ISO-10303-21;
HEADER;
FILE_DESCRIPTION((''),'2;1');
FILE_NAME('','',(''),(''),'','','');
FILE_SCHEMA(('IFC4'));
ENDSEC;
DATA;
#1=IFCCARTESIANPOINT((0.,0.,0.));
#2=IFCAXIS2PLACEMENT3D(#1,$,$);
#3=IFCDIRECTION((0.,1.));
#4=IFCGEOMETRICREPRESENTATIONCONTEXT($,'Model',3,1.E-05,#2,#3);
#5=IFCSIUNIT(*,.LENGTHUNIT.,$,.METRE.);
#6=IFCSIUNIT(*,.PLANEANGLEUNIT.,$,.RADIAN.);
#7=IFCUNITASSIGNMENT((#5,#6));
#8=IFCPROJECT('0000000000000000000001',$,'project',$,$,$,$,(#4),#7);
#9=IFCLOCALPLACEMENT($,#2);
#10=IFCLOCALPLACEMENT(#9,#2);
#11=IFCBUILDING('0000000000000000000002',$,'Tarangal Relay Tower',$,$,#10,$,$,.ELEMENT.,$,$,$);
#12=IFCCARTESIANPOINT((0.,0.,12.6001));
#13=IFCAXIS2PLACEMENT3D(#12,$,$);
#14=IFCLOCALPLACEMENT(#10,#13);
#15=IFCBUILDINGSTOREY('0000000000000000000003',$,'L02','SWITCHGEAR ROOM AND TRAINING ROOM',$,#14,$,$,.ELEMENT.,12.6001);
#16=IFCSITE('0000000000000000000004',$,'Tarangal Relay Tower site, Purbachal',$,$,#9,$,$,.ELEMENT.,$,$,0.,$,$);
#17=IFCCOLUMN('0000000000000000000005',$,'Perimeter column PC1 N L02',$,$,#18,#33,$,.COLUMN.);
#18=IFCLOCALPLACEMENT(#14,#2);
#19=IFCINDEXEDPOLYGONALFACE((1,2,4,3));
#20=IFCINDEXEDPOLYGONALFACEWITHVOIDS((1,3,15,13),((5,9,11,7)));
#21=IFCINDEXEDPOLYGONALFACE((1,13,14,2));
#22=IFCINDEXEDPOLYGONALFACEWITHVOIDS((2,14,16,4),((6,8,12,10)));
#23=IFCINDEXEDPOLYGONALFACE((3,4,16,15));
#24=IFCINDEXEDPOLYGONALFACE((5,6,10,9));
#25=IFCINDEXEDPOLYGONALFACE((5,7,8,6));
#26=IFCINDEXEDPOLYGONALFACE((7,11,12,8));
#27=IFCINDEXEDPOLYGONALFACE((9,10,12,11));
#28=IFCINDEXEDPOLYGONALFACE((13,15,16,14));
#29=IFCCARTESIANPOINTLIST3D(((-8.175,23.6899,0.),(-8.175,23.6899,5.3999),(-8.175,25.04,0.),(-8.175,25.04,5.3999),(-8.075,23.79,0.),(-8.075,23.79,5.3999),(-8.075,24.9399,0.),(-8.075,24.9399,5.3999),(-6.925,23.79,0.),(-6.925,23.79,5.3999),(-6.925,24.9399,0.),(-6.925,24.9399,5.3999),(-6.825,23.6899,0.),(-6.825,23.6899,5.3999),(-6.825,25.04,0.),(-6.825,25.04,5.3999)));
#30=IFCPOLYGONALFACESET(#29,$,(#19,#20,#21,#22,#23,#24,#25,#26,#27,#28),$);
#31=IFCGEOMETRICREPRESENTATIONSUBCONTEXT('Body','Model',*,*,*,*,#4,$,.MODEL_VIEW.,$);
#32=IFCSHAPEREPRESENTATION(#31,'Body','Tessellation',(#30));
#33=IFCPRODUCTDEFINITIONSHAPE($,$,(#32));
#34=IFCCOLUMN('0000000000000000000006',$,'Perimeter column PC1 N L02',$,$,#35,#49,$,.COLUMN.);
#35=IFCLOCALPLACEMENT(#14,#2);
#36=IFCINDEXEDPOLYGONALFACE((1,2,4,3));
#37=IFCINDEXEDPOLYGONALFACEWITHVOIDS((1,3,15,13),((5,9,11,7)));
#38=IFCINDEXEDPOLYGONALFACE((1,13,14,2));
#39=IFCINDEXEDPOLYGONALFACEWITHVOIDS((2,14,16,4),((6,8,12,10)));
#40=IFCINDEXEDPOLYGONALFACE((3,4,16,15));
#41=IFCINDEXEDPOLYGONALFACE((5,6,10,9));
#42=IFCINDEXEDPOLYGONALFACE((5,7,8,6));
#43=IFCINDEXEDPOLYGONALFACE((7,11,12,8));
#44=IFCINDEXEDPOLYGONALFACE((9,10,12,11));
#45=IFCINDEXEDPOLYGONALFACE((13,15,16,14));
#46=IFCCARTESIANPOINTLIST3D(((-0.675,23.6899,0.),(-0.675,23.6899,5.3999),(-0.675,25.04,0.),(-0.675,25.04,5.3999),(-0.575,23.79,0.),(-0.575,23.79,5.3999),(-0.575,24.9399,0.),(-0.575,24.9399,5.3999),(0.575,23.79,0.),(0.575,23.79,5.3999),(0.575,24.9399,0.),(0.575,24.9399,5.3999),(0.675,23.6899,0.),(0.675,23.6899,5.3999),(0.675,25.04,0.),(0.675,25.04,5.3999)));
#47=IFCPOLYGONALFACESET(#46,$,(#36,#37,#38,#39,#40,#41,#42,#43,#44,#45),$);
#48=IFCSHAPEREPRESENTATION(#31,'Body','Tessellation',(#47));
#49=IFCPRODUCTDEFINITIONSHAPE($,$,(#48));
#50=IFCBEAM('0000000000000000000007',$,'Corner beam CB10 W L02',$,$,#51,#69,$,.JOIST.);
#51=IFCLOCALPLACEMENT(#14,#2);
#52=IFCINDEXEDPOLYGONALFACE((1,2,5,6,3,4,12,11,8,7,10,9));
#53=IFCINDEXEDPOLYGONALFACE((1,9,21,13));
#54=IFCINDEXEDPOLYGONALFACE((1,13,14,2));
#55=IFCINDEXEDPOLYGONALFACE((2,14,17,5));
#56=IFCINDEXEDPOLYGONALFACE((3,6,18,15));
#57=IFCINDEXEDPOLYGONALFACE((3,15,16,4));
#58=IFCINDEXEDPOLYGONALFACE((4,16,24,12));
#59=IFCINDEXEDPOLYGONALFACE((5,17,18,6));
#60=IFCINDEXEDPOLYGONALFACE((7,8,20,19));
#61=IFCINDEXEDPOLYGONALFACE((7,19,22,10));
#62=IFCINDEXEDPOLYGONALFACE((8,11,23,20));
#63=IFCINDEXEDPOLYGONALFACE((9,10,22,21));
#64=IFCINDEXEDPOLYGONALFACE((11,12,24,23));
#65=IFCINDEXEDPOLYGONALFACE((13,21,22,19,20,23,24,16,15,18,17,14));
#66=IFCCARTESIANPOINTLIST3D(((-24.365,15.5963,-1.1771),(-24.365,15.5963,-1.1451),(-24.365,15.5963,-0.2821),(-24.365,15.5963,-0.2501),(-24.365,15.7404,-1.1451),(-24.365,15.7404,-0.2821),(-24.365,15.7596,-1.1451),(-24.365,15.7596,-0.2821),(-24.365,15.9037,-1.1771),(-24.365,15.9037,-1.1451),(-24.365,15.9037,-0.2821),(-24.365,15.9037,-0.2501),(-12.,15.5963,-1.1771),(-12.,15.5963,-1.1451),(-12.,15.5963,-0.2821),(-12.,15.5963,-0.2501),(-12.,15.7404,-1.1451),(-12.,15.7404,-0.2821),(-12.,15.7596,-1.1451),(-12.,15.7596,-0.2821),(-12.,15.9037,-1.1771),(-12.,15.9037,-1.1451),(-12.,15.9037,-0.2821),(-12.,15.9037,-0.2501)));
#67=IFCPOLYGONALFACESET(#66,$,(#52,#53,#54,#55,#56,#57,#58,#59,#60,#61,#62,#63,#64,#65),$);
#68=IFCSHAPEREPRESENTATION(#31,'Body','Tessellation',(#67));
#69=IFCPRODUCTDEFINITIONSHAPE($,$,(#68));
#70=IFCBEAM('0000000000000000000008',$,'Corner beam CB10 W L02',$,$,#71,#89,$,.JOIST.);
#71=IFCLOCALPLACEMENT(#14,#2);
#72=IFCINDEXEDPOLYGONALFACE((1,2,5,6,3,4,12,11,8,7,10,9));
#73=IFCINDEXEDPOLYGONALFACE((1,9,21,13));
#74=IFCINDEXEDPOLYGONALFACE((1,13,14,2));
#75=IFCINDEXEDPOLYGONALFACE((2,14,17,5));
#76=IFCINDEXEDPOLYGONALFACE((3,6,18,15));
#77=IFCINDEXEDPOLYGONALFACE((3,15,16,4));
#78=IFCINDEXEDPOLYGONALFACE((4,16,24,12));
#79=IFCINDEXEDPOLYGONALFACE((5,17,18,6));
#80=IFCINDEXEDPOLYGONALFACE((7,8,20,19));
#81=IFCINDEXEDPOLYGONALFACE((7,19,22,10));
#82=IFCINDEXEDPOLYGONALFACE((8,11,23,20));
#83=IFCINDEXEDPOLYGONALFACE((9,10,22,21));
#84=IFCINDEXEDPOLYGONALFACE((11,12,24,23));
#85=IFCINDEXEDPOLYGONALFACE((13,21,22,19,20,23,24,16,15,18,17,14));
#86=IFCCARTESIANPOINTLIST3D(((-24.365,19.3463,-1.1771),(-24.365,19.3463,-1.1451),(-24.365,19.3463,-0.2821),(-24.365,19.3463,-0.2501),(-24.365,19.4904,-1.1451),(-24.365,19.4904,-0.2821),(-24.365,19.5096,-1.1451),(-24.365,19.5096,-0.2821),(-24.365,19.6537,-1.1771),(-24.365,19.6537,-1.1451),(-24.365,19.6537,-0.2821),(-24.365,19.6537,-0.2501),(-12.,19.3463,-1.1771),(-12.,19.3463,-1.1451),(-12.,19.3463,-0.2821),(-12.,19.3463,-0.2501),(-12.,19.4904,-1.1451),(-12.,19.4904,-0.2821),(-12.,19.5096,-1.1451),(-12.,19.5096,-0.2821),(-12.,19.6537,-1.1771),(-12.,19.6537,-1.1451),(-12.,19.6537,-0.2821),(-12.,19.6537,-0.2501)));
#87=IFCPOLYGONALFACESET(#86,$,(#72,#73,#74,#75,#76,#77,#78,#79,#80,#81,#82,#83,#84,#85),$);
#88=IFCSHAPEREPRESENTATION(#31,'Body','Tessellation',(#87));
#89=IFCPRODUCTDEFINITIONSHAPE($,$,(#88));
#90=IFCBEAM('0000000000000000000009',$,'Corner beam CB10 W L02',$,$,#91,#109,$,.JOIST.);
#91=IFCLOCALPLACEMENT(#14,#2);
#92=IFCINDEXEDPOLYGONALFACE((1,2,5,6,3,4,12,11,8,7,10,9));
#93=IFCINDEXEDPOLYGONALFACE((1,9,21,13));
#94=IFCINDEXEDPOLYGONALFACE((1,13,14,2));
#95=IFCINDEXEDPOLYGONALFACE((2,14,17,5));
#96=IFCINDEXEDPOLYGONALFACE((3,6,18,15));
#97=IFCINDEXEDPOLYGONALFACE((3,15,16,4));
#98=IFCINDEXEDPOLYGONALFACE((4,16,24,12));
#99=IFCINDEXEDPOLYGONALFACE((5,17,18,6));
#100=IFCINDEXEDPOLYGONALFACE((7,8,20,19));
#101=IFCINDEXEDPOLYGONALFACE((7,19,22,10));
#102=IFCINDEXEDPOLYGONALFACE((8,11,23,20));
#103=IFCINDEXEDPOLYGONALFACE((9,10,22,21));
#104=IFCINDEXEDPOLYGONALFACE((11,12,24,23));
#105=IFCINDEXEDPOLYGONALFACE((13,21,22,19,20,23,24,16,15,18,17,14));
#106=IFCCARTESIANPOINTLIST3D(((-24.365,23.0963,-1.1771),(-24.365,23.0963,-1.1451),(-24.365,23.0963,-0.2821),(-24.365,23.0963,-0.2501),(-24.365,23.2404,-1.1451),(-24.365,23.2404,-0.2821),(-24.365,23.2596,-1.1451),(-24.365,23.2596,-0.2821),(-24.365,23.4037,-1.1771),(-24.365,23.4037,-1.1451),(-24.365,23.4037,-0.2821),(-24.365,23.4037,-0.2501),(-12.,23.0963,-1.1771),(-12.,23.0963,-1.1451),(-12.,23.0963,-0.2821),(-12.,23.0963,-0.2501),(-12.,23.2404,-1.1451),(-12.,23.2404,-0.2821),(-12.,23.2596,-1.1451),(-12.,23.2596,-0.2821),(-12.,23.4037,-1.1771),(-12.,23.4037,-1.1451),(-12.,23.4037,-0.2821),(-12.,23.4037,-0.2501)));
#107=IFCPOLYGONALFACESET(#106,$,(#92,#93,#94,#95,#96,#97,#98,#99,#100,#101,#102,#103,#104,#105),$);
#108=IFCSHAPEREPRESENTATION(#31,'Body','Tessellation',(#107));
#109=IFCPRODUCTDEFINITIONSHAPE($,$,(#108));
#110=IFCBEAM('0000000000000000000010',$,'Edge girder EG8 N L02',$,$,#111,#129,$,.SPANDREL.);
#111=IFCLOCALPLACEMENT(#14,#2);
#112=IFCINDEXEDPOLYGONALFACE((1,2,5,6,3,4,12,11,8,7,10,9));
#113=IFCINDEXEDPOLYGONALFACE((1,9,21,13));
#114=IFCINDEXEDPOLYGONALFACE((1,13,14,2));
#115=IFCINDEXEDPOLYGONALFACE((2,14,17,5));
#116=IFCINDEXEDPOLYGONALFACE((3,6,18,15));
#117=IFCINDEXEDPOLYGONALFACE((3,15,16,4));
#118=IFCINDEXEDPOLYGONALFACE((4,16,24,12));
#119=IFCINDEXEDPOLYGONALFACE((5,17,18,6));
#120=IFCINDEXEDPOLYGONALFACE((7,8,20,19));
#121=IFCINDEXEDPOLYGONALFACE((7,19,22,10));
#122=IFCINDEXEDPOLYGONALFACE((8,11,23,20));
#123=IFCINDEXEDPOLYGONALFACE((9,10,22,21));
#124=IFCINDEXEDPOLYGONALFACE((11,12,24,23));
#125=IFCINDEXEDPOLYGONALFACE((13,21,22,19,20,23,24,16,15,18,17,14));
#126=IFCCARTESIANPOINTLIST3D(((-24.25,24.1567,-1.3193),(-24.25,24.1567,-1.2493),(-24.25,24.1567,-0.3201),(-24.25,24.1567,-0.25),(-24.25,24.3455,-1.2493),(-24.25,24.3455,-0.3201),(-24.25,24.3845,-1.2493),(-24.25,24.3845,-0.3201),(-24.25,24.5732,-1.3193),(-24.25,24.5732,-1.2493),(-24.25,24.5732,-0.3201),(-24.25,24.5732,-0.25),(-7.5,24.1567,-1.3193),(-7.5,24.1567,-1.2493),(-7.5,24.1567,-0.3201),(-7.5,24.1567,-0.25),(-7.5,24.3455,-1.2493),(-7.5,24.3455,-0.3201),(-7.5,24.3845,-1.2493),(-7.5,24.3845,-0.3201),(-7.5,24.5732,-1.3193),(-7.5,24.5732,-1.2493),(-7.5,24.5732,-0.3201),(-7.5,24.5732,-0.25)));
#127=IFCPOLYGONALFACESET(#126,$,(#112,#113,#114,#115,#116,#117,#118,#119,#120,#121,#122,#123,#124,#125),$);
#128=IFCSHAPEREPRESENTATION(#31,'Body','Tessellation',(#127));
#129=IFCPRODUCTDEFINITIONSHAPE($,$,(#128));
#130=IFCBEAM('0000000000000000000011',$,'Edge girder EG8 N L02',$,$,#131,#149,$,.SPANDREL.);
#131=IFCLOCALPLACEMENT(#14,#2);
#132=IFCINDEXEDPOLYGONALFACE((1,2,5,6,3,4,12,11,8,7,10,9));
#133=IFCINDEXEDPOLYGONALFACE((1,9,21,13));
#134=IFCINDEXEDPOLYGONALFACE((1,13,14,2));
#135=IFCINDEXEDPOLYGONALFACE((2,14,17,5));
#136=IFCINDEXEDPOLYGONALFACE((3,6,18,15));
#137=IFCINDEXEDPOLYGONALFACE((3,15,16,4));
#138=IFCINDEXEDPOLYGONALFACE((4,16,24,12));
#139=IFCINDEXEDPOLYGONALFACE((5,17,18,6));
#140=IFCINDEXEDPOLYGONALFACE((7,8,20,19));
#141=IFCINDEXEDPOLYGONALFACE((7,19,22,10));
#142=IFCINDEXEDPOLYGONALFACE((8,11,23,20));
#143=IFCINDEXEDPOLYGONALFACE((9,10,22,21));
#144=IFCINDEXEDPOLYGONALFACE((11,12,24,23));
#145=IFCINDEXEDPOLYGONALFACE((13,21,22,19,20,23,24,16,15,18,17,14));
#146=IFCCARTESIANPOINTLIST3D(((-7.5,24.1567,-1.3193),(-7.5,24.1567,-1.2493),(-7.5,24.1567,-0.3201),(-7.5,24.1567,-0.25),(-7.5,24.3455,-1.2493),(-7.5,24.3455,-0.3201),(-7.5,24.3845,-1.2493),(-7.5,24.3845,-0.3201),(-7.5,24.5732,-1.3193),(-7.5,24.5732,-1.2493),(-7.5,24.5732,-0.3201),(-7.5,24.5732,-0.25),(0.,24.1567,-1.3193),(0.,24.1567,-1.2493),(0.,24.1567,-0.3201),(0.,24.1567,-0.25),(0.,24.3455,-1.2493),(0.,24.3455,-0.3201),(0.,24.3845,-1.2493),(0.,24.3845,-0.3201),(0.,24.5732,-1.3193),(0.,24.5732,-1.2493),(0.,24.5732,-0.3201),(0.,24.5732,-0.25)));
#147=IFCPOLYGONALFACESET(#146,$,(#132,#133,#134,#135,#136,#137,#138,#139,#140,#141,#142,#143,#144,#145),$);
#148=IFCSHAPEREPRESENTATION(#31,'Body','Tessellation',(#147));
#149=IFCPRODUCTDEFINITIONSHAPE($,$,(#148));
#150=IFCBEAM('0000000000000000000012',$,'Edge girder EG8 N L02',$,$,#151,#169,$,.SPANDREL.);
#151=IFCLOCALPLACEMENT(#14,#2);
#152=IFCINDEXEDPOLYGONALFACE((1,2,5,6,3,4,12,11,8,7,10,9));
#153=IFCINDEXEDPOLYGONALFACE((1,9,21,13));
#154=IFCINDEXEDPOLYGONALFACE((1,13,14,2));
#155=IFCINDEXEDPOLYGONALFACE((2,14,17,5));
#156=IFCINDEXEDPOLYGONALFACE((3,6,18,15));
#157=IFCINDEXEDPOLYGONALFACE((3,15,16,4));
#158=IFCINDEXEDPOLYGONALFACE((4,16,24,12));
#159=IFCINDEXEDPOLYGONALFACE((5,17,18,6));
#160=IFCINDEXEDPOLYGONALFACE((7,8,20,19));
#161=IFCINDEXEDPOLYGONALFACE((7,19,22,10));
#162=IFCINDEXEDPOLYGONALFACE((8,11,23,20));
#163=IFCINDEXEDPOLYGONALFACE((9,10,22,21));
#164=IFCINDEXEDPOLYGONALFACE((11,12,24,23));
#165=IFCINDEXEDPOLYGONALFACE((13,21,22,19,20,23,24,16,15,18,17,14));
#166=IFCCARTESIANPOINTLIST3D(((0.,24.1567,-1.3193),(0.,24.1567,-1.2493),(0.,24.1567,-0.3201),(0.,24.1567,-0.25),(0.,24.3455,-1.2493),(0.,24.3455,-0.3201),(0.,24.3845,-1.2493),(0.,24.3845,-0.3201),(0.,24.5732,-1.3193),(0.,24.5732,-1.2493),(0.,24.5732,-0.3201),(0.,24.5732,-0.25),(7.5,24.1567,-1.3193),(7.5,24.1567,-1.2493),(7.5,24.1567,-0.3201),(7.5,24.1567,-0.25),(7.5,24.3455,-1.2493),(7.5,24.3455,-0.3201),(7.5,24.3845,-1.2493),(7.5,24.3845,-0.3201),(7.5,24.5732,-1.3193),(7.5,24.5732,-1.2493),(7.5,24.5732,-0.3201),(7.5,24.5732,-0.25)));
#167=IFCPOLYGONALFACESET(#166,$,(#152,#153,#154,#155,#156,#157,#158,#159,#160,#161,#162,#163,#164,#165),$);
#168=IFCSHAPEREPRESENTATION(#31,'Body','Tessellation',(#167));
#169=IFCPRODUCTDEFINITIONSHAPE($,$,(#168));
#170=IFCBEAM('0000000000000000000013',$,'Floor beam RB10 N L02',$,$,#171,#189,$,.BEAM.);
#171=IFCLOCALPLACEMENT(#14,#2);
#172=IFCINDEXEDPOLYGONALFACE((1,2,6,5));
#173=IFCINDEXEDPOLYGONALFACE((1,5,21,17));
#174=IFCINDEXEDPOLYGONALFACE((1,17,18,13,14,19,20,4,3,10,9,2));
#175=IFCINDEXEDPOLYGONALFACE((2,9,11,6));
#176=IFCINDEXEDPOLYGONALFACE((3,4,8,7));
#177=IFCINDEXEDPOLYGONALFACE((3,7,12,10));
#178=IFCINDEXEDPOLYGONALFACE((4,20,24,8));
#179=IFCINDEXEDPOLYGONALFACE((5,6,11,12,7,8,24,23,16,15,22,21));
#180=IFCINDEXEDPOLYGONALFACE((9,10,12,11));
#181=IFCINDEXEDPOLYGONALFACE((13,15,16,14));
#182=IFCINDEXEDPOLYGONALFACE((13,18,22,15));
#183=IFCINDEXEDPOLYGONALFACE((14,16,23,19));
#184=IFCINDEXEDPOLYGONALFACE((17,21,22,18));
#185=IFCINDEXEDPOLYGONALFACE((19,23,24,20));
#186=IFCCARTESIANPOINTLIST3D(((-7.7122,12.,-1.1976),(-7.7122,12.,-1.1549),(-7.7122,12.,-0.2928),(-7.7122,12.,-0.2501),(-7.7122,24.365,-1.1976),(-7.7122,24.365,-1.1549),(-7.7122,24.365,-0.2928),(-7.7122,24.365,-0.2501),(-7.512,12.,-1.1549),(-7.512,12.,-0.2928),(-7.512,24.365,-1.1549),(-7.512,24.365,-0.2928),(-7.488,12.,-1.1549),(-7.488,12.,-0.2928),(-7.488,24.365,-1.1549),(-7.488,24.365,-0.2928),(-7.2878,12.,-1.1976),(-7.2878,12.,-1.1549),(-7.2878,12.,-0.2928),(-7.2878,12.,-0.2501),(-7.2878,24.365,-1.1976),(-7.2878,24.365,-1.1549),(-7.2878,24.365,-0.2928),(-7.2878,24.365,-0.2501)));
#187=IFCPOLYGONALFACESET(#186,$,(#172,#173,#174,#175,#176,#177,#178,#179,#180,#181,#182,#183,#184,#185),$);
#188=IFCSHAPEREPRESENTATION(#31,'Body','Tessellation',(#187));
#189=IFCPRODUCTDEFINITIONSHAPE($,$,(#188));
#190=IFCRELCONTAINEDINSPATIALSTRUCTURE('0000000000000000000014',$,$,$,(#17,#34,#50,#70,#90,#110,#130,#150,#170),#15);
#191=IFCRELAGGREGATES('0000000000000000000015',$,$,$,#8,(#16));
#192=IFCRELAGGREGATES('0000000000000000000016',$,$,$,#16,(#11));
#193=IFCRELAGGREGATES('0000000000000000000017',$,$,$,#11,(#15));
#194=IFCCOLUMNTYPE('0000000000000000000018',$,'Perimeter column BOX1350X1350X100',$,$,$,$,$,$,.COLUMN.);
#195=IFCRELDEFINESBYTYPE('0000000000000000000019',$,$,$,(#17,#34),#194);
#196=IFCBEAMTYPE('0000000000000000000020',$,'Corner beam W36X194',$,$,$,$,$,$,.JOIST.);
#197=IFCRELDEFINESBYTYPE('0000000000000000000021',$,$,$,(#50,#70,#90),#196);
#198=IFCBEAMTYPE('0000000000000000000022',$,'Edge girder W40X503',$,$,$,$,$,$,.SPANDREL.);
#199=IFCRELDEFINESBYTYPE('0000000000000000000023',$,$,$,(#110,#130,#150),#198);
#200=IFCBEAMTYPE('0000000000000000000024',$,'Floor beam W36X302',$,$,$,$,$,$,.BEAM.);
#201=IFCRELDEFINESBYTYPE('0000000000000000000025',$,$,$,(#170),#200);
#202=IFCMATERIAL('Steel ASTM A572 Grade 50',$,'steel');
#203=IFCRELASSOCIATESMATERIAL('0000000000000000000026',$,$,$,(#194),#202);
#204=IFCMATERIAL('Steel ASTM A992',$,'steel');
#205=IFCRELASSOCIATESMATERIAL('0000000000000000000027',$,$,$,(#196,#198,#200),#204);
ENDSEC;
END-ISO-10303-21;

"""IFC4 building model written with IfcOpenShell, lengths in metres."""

from ifc_helpers import new_model, si_unit, direction, frame, origin, origin_2d, place, context, subcontext, project, spatial, hollow_rectangle, i_section, extrude, material, material_profile, profile_set, type_object, element, save


model = new_model("IFC4")

# Units and contexts
model_context = context("Model", 3, precision=1e-05, world=origin(), true_north=direction((0.0, 1.0)))
body_context = subcontext(model_context, "Body", "Model", "MODEL_VIEW")
ifc_project = project(units=[si_unit("LENGTHUNIT", "METRE"), si_unit("PLANEANGLEUNIT", "RADIAN")], contexts=[model_context])

# Site, building, storey
site_placement = place(None, origin())
site = spatial("IfcSite", under=ifc_project, at=site_placement, Name="Tarangal Relay Tower site, Purbachal", CompositionType="ELEMENT", RefElevation=0.0)
building_placement = place(site_placement, origin())
building = spatial("IfcBuilding", under=site, at=building_placement, Name="Tarangal Relay Tower", CompositionType="ELEMENT")
storey_placement = place(building_placement, frame((0.0, 0.0, 12.6001)))
storey = spatial("IfcBuildingStorey", under=building, at=storey_placement, Name="L02", Description="SWITCHGEAR ROOM AND TRAINING ROOM", CompositionType="ELEMENT", Elevation=12.6001)

# Columns
ifc_material_1 = material(Name="Steel ASTM A572 Grade 50", Category="steel")
ifc_material_profile_1 = material_profile(ifc_material_1, hollow_rectangle(XDim=1.3501, YDim=1.3501, WallThickness=0.1001, at=origin_2d()), Name="BOX1350X1350X100")
ifc_profile_set_1 = profile_set([ifc_material_profile_1], Name="Steel ASTM A572 Grade 50")
column_type = type_object("IfcColumnType", Name="Perimeter column BOX1350X1350X100", PredefinedType="COLUMN", material=ifc_profile_set_1)
for number, where, z_axis, x_axis, name in (
    (1, (-7.5, 24.365, 0.0), (0.0, 0.0, 1.0), (1.0, 0.0, 0.0), "Perimeter column PC1 N L02"),
    (2, (0.0, 24.365, 0.0), (0.0, 0.0, 1.0), (1.0, 0.0, 0.0), "Perimeter column PC1 N L02"),
):
    element("IfcColumn", number, at=place(storey_placement, frame(where, z_axis=z_axis, x_axis=x_axis)), inside=storey, type_object=column_type, Name=name, PredefinedType="COLUMN", context=body_context, shape_type="SweptSolid", body=[
        extrude(hollow_rectangle(XDim=1.3501, YDim=1.3501, WallThickness=0.1001, at=origin_2d()), origin(), (0.0, 0.0, 1.0), 5.3999),
    ])

# Beams
ifc_material_2 = material(Name="Steel ASTM A992", Category="steel")
ifc_material_profile_2 = material_profile(ifc_material_2, i_section(OverallWidth=0.3074, OverallDepth=0.927, WebThickness=0.0193, FlangeThickness=0.032, at=origin_2d()), Name="W36X194")
ifc_profile_set_2 = profile_set([ifc_material_profile_2], Name="Steel ASTM A992")
beam_type_1 = type_object("IfcBeamType", Name="Corner beam W36X194", PredefinedType="JOIST", material=ifc_profile_set_2)
for number, where, z_axis, x_axis, name in (
    (3, (-12.0, 15.75, -0.7136), (-1.0, 0.0, 0.0), (0.0, -1.0, 0.0), "Corner beam CB10 W L02"),
    (4, (-12.0, 19.5, -0.7136), (-1.0, 0.0, 0.0), (0.0, -1.0, 0.0), "Corner beam CB10 W L02"),
    (5, (-12.0, 23.25, -0.7136), (-1.0, 0.0, 0.0), (0.0, -1.0, 0.0), "Corner beam CB10 W L02"),
):
    element("IfcBeam", number, at=place(storey_placement, frame(where, z_axis=z_axis, x_axis=x_axis)), inside=storey, type_object=beam_type_1, Name=name, PredefinedType="JOIST", context=body_context, shape_type="SweptSolid", body=[
        extrude(i_section(OverallWidth=0.3074, OverallDepth=0.927, WebThickness=0.0193, FlangeThickness=0.032, at=origin_2d()), origin(), (0.0, 0.0, 1.0), 12.365),
    ])
ifc_material_profile_3 = material_profile(ifc_material_2, i_section(OverallWidth=0.4165, OverallDepth=1.0693, WebThickness=0.0391, FlangeThickness=0.0701, at=origin_2d()), Name="W40X503")
ifc_profile_set_3 = profile_set([ifc_material_profile_3], Name="Steel ASTM A992")
beam_type_2 = type_object("IfcBeamType", Name="Edge girder W40X503", PredefinedType="SPANDREL", material=ifc_profile_set_3)
beam_1_placement = place(storey_placement, frame((-24.25, 24.365, -0.7847), z_axis=(1.0, 0.0, 0.0), x_axis=(0.0, 1.0, 0.0)))
element("IfcBeam", 6, at=beam_1_placement, inside=storey, type_object=beam_type_2, Name="Edge girder EG8 N L02", PredefinedType="SPANDREL", context=body_context, shape_type="SweptSolid", body=[
    extrude(i_section(OverallWidth=0.4165, OverallDepth=1.0693, WebThickness=0.0391, FlangeThickness=0.0701, at=origin_2d()), origin(), (0.0, 0.0, 1.0), 16.75),
])
for number, where, z_axis, x_axis, name in (
    (7, (-7.5, 24.365, -0.7847), (1.0, 0.0, 0.0), (0.0, 1.0, 0.0), "Edge girder EG8 N L02"),
    (8, (0.0, 24.365, -0.7847), (1.0, 0.0, 0.0), (0.0, 1.0, 0.0), "Edge girder EG8 N L02"),
):
    element("IfcBeam", number, at=place(storey_placement, frame(where, z_axis=z_axis, x_axis=x_axis)), inside=storey, type_object=beam_type_2, Name=name, PredefinedType="SPANDREL", context=body_context, shape_type="SweptSolid", body=[
        extrude(i_section(OverallWidth=0.4165, OverallDepth=1.0693, WebThickness=0.0391, FlangeThickness=0.0701, at=origin_2d()), origin(), (0.0, 0.0, 1.0), 7.5),
    ])
ifc_material_profile_4 = material_profile(ifc_material_2, i_section(OverallWidth=0.4243, OverallDepth=0.9475, WebThickness=0.0239, FlangeThickness=0.0427, at=origin_2d()), Name="W36X302")
ifc_profile_set_4 = profile_set([ifc_material_profile_4], Name="Steel ASTM A992")
beam_type_3 = type_object("IfcBeamType", Name="Floor beam W36X302", PredefinedType="BEAM", material=ifc_profile_set_4)
for number, where, z_axis, x_axis, name in (
    (9, (-7.5, 12.0, -0.7239), (0.0, 1.0, 0.0), (-1.0, 0.0, 0.0), "Floor beam RB10 N L02"),
):
    element("IfcBeam", number, at=place(storey_placement, frame(where, z_axis=z_axis, x_axis=x_axis)), inside=storey, type_object=beam_type_3, Name=name, PredefinedType="BEAM", context=body_context, shape_type="SweptSolid", body=[
        extrude(i_section(OverallWidth=0.4243, OverallDepth=0.9475, WebThickness=0.0239, FlangeThickness=0.0427, at=origin_2d()), origin(), (0.0, 0.0, 1.0), 12.365),
    ])

save(model, "model.ifc")
